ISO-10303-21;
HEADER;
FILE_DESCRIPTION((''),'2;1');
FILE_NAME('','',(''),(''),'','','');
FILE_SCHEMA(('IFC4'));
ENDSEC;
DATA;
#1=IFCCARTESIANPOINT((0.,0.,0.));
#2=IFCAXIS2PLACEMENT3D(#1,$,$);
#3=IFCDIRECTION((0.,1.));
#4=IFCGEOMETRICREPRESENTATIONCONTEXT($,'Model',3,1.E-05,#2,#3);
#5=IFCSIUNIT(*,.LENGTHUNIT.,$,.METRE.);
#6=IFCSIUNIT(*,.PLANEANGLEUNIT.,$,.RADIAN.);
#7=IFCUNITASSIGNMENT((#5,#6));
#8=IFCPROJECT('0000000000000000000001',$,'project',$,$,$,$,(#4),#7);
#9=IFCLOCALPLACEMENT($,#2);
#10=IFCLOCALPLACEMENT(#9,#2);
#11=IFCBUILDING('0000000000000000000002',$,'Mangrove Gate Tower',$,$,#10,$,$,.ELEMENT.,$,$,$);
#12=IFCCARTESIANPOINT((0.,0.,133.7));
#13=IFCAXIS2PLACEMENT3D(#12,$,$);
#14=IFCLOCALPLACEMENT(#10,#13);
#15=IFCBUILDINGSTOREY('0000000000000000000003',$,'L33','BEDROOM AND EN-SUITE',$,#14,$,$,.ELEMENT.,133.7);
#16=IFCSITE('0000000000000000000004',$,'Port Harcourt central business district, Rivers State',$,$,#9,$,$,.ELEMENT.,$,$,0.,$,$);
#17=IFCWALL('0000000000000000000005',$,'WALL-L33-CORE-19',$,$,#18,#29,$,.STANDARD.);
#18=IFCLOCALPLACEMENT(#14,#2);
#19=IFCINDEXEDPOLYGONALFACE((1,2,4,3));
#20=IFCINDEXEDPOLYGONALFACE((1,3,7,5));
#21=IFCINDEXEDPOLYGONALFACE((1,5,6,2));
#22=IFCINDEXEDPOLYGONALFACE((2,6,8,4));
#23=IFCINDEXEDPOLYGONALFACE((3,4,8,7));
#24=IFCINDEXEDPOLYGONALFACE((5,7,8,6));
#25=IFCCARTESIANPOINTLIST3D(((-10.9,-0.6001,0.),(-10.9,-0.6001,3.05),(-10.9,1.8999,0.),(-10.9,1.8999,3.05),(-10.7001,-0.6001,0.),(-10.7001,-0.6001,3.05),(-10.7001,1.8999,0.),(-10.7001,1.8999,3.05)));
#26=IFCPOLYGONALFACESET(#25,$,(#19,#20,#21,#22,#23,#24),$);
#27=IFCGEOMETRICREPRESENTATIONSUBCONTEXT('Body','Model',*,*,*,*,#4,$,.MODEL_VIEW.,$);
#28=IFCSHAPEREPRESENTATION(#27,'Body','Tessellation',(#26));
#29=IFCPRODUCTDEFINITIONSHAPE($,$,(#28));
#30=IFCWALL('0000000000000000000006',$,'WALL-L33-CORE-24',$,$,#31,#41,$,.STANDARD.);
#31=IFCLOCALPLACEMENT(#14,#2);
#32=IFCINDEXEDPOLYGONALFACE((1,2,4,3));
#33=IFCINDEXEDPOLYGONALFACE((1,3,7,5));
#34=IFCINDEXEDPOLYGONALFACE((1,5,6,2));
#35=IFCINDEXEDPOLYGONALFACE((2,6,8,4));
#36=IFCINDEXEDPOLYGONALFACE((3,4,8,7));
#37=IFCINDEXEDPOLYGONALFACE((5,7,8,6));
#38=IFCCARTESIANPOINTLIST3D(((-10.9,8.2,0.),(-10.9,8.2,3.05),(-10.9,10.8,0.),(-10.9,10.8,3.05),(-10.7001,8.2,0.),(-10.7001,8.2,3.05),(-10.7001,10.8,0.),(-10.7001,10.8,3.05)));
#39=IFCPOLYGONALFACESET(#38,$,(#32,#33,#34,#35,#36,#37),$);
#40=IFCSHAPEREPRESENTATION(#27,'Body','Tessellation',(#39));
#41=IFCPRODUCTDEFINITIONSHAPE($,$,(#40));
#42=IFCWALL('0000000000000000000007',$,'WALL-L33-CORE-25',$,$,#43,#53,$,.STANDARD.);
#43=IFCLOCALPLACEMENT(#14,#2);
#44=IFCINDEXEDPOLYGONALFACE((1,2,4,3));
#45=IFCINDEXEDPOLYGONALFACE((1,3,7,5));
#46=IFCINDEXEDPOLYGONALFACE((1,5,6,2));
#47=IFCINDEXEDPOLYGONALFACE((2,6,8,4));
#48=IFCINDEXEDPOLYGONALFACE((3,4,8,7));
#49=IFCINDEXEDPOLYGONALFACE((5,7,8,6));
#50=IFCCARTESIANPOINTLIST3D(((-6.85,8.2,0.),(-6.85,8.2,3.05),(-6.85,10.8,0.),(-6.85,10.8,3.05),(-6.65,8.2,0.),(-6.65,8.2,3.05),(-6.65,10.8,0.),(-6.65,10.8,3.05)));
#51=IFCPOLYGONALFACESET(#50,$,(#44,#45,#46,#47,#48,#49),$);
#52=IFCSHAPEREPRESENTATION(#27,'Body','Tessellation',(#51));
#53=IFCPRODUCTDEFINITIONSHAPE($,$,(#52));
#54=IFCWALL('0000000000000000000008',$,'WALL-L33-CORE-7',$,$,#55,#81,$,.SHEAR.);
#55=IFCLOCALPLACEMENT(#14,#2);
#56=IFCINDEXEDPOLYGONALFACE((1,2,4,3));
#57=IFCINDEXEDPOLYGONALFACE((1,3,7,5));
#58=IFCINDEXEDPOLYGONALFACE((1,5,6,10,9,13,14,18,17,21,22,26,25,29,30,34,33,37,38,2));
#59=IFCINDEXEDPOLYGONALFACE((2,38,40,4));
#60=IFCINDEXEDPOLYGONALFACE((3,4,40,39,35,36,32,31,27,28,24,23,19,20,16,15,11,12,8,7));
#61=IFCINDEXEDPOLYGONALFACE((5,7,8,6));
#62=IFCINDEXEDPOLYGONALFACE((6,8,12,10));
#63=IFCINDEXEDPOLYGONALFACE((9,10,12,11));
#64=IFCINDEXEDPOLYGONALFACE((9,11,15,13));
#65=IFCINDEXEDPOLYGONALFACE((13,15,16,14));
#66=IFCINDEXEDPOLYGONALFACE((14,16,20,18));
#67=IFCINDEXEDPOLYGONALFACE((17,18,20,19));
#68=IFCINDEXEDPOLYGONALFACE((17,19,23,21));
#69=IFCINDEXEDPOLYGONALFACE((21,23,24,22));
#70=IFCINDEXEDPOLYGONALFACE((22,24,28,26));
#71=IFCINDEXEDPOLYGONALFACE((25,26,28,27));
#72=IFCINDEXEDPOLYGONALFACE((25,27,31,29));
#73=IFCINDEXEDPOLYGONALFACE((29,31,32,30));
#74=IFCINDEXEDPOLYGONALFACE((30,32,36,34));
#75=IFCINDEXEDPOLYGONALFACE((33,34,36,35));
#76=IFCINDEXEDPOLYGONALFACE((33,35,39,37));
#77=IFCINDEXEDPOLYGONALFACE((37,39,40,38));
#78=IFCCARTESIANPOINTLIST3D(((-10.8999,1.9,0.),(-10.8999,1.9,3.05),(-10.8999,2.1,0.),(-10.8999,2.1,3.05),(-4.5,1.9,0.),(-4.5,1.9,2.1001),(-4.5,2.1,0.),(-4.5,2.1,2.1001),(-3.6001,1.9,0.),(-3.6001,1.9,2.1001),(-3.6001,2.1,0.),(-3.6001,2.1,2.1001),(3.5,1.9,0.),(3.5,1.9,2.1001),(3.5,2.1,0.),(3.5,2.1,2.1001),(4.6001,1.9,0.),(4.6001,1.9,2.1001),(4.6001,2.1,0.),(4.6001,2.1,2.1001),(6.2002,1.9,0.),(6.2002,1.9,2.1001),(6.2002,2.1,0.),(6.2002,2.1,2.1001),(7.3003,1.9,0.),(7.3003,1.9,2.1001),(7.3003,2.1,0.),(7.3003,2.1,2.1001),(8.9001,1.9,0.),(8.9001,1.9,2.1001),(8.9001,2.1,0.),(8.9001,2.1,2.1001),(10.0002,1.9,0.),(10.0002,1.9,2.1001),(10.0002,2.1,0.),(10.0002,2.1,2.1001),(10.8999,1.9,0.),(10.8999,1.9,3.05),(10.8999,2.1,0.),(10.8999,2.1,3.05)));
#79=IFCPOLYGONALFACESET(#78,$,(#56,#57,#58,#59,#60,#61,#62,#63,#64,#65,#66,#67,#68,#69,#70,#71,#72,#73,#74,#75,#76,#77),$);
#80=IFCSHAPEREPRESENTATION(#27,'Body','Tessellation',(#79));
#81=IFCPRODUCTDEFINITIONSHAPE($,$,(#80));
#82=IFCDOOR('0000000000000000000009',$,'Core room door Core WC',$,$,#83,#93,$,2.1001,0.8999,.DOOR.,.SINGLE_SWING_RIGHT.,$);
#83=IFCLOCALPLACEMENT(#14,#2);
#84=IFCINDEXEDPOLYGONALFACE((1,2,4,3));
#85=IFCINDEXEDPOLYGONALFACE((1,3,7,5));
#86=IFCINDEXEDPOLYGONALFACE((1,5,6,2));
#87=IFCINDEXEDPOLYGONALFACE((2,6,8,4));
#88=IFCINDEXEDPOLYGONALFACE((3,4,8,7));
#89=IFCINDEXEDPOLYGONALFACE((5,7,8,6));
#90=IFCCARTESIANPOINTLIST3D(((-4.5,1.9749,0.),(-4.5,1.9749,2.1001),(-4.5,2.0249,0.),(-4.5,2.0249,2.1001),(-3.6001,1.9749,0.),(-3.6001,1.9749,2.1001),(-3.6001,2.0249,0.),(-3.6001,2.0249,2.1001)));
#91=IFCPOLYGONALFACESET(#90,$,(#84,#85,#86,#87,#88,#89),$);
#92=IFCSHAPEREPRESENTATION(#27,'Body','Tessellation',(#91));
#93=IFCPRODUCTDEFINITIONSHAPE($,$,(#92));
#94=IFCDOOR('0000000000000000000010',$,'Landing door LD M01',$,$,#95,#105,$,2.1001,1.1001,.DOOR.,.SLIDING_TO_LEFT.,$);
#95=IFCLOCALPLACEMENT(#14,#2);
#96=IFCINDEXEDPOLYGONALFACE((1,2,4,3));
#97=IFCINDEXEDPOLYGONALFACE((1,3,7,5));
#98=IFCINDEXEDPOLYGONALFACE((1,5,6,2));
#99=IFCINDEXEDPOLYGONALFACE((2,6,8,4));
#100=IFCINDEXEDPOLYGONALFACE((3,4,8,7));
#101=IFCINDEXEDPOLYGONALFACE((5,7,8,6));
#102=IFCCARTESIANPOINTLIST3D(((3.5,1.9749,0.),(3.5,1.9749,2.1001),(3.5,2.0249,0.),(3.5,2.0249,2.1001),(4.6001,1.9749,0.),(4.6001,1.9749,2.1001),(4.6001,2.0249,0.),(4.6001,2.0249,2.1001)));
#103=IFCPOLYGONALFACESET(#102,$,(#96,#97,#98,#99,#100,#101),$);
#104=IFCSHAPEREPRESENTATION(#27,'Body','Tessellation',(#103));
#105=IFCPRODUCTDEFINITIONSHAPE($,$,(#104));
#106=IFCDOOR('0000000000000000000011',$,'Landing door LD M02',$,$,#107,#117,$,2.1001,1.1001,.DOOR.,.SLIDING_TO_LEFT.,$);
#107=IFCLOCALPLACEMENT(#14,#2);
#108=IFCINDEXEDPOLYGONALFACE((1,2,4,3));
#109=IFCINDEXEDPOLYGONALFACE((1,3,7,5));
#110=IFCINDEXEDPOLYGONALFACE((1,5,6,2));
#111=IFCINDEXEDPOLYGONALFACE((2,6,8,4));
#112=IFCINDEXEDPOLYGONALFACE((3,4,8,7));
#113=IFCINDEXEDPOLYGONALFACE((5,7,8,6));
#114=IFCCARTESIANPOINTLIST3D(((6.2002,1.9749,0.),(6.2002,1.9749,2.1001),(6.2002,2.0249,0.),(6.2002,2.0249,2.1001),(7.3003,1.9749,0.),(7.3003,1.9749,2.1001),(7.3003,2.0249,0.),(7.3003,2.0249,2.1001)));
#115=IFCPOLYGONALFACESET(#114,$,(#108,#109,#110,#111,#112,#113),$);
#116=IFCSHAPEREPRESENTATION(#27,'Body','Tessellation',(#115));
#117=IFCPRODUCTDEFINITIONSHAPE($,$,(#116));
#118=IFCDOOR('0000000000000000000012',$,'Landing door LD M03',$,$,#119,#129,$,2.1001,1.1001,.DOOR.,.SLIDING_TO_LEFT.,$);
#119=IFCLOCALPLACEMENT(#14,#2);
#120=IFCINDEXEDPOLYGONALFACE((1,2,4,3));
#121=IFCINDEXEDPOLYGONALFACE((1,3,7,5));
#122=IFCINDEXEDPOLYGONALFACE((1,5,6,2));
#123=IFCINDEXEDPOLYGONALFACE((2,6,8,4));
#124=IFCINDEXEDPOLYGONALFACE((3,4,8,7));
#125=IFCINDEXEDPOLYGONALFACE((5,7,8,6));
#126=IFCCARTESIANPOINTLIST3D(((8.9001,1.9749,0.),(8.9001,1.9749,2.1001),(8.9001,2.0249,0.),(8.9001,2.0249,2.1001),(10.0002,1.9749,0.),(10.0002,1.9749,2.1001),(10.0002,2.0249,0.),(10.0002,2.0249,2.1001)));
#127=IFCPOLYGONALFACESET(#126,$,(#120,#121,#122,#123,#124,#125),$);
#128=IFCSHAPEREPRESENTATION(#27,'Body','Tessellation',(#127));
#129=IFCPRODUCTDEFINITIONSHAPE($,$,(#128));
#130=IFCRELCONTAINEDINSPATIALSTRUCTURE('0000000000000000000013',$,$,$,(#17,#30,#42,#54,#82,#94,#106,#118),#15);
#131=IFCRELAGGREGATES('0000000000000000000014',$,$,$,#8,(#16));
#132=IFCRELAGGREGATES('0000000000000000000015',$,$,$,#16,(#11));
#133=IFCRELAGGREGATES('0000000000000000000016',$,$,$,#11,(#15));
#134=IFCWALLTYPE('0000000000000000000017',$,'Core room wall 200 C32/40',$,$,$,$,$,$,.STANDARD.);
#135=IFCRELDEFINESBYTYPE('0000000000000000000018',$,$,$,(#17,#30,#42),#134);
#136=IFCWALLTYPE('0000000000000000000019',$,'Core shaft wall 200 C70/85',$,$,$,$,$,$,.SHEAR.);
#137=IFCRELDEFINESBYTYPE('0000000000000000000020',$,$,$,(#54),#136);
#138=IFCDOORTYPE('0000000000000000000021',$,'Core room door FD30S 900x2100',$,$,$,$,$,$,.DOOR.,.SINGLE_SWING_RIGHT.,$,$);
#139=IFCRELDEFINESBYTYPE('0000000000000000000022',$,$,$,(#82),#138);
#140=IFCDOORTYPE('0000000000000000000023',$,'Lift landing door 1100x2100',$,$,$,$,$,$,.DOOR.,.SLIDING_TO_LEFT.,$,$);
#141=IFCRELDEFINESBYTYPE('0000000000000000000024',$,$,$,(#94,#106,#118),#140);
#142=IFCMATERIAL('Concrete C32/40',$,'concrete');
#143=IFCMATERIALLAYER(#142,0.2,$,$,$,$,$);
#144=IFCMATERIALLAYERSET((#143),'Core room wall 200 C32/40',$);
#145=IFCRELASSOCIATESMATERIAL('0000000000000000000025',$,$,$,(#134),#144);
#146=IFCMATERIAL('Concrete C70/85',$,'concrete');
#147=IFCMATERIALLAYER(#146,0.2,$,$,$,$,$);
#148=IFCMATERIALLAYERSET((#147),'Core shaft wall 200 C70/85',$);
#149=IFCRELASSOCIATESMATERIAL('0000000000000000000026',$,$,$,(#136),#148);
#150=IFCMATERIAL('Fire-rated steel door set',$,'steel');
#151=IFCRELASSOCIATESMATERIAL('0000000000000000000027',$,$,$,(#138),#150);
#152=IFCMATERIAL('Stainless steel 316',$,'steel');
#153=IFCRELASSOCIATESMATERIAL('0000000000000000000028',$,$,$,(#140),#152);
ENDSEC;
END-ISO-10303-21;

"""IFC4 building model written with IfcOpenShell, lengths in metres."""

from ifc_helpers import new_model, si_unit, direction, frame, frame_2d, origin, place, context, subcontext, project, spatial, rectangle, extrude, material, layer, layer_set, type_object, element, fill, save


model = new_model("IFC4")

# Units and contexts
model_context = context("Model", 3, precision=1e-05, world=origin(), true_north=direction((0.0, 1.0)))
body_context = subcontext(model_context, "Body", "Model", "MODEL_VIEW")
ifc_project = project(units=[si_unit("LENGTHUNIT", "METRE"), si_unit("PLANEANGLEUNIT", "RADIAN")], contexts=[model_context])

# Site, building, storey
site_placement = place(None, origin())
site = spatial("IfcSite", under=ifc_project, at=site_placement, Name="Port Harcourt central business district, Rivers State", CompositionType="ELEMENT", RefElevation=0.0)
building_placement = place(site_placement, origin())
building = spatial("IfcBuilding", under=site, at=building_placement, Name="Mangrove Gate Tower", CompositionType="ELEMENT")
storey_placement = place(building_placement, frame((0.0, 0.0, 133.7)))
storey = spatial("IfcBuildingStorey", under=building, at=storey_placement, Name="L33", Description="BEDROOM AND EN-SUITE", CompositionType="ELEMENT", Elevation=133.7)

# Walls
ifc_material_1 = material(Name="Concrete C32/40", Category="concrete")
ifc_layer_1 = layer(ifc_material_1, 0.2)
ifc_layer_set_1 = layer_set([ifc_layer_1], Name="Core room wall 200 C32/40")
wall_type_1 = type_object("IfcWallType", Name="Core room wall 200 C32/40", PredefinedType="STANDARD", material=ifc_layer_set_1)
wall_1_placement = place(storey_placement, frame((-10.8, -0.6001, 0.0), z_axis=(0.0, 0.0, 1.0), x_axis=(0.0, 1.0, 0.0)))
element("IfcWall", 1, at=wall_1_placement, inside=storey, type_object=wall_type_1, Name="WALL-L33-CORE-19", PredefinedType="STANDARD", context=body_context, shape_type="SweptSolid", body=[
    extrude(rectangle(XDim=2.5, YDim=0.2, at=frame_2d((1.25, 0.0))), origin(), (0.0, 0.0, 1.0), 3.05),
])
for number, where, z_axis, x_axis, name in (
    (2, (-10.8, 8.2, 0.0), (0.0, 0.0, 1.0), (0.0, 1.0, 0.0), "WALL-L33-CORE-24"),
    (3, (-6.75, 8.2, 0.0), (0.0, 0.0, 1.0), (0.0, 1.0, 0.0), "WALL-L33-CORE-25"),
):
    element("IfcWall", number, at=place(storey_placement, frame(where, z_axis=z_axis, x_axis=x_axis)), inside=storey, type_object=wall_type_1, Name=name, PredefinedType="STANDARD", context=body_context, shape_type="SweptSolid", body=[
        extrude(rectangle(XDim=2.6001, YDim=0.2, at=frame_2d((1.3, 0.0))), origin(), (0.0, 0.0, 1.0), 3.05),
    ])

# Wall, openings, doors
ifc_material_2 = material(Name="Concrete C70/85", Category="concrete")
ifc_layer_2 = layer(ifc_material_2, 0.2)
ifc_layer_set_2 = layer_set([ifc_layer_2], Name="Core shaft wall 200 C70/85")
wall_type_2 = type_object("IfcWallType", Name="Core shaft wall 200 C70/85", PredefinedType="SHEAR", material=ifc_layer_set_2)
wall_2_placement = place(storey_placement, frame((-10.8999, 2.0, 0.0), z_axis=(0.0, 0.0, 1.0), x_axis=(1.0, 0.0, 0.0)))
wall_2 = element("IfcWall", 4, at=wall_2_placement, inside=storey, type_object=wall_type_2, Name="WALL-L33-CORE-7", PredefinedType="SHEAR", context=body_context, shape_type="SweptSolid", body=[
    extrude(rectangle(XDim=21.7998, YDim=0.2, at=frame_2d((10.8999, 0.0))), origin(), (0.0, 0.0, 1.0), 3.05),
])
opening_1_placement = place(wall_2_placement, frame((14.3999, 0.0, 0.0)))
opening_1 = element("IfcOpeningElement", 5, at=opening_1_placement, cuts=wall_2, PredefinedType="OPENING", context=body_context, shape_type="SweptSolid", body=[
    extrude(rectangle(XDim=1.1001, YDim=2.1001, at=frame_2d((0.55, 1.05))), frame((0.0, 0.1099, 0.0), z_axis=(0.0, -1.0, 0.0), x_axis=(1.0, 0.0, 0.0)), (0.0, 0.0, 1.0), 0.22),
])
opening_2_placement = place(wall_2_placement, frame((17.1001, 0.0, 0.0)))
opening_2 = element("IfcOpeningElement", 6, at=opening_2_placement, cuts=wall_2, PredefinedType="OPENING", context=body_context, shape_type="SweptSolid", body=[
    extrude(rectangle(XDim=1.1001, YDim=2.1001, at=frame_2d((0.55, 1.05))), frame((0.0, 0.1099, 0.0), z_axis=(0.0, -1.0, 0.0), x_axis=(1.0, 0.0, 0.0)), (0.0, 0.0, 1.0), 0.22),
])
opening_3_placement = place(wall_2_placement, frame((19.8, 0.0, 0.0)))
opening_3 = element("IfcOpeningElement", 7, at=opening_3_placement, cuts=wall_2, PredefinedType="OPENING", context=body_context, shape_type="SweptSolid", body=[
    extrude(rectangle(XDim=1.1001, YDim=2.1001, at=frame_2d((0.55, 1.05))), frame((0.0, 0.1099, 0.0), z_axis=(0.0, -1.0, 0.0), x_axis=(1.0, 0.0, 0.0)), (0.0, 0.0, 1.0), 0.22),
])
opening_4_placement = place(wall_2_placement, frame((6.3999, 0.0, 0.0)))
opening_4 = element("IfcOpeningElement", 8, at=opening_4_placement, cuts=wall_2, PredefinedType="OPENING", context=body_context, shape_type="SweptSolid", body=[
    extrude(rectangle(XDim=0.8999, YDim=2.1001, at=frame_2d((0.45, 1.05))), frame((0.0, 0.1099, 0.0), z_axis=(0.0, -1.0, 0.0), x_axis=(1.0, 0.0, 0.0)), (0.0, 0.0, 1.0), 0.22),
])
ifc_material_3 = material(Name="Fire-rated steel door set", Category="steel")
door_type_1 = type_object("IfcDoorType", Name="Core room door FD30S 900x2100", OperationType="SINGLE_SWING_RIGHT", PredefinedType="DOOR", material=ifc_material_3)
door_1_placement = place(opening_4_placement, origin())
door_1 = element("IfcDoor", 9, at=door_1_placement, inside=storey, type_object=door_type_1, Name="Core room door Core WC", OperationType="SINGLE_SWING_RIGHT", OverallHeight=2.1001, OverallWidth=0.8999, PredefinedType="DOOR", context=body_context, shape_type="SweptSolid", body=[
    extrude(rectangle(XDim=0.8999, YDim=2.1001, at=frame_2d((0.45, 1.05))), frame((0.0, 0.0249, 0.0), z_axis=(0.0, -1.0, 0.0), x_axis=(1.0, 0.0, 0.0)), (0.0, 0.0, 1.0), 0.05),
])
fill(opening_4, door_1)
ifc_material_4 = material(Name="Stainless steel 316", Category="steel")
door_type_2 = type_object("IfcDoorType", Name="Lift landing door 1100x2100", OperationType="SLIDING_TO_LEFT", PredefinedType="DOOR", material=ifc_material_4)
door_2_placement = place(opening_1_placement, origin())
door_2 = element("IfcDoor", 10, at=door_2_placement, inside=storey, type_object=door_type_2, Name="Landing door LD M01", OperationType="SLIDING_TO_LEFT", OverallHeight=2.1001, OverallWidth=1.1001, PredefinedType="DOOR", context=body_context, shape_type="SweptSolid", body=[
    extrude(rectangle(XDim=1.1001, YDim=2.1001, at=frame_2d((0.55, 1.05))), frame((0.0, 0.0249, 0.0), z_axis=(0.0, -1.0, 0.0), x_axis=(1.0, 0.0, 0.0)), (0.0, 0.0, 1.0), 0.05),
])
fill(opening_1, door_2)
door_3_placement = place(opening_2_placement, origin())
door_3 = element("IfcDoor", 11, at=door_3_placement, inside=storey, type_object=door_type_2, Name="Landing door LD M02", OperationType="SLIDING_TO_LEFT", OverallHeight=2.1001, OverallWidth=1.1001, PredefinedType="DOOR", context=body_context, shape_type="SweptSolid", body=[
    extrude(rectangle(XDim=1.1001, YDim=2.1001, at=frame_2d((0.55, 1.05))), frame((0.0, 0.0249, 0.0), z_axis=(0.0, -1.0, 0.0), x_axis=(1.0, 0.0, 0.0)), (0.0, 0.0, 1.0), 0.05),
])
fill(opening_2, door_3)
door_4_placement = place(opening_3_placement, origin())
door_4 = element("IfcDoor", 12, at=door_4_placement, inside=storey, type_object=door_type_2, Name="Landing door LD M03", OperationType="SLIDING_TO_LEFT", OverallHeight=2.1001, OverallWidth=1.1001, PredefinedType="DOOR", context=body_context, shape_type="SweptSolid", body=[
    extrude(rectangle(XDim=1.1001, YDim=2.1001, at=frame_2d((0.55, 1.05))), frame((0.0, 0.0249, 0.0), z_axis=(0.0, -1.0, 0.0), x_axis=(1.0, 0.0, 0.0)), (0.0, 0.0, 1.0), 0.05),
])
fill(opening_3, door_4)

save(model, "model.ifc")
